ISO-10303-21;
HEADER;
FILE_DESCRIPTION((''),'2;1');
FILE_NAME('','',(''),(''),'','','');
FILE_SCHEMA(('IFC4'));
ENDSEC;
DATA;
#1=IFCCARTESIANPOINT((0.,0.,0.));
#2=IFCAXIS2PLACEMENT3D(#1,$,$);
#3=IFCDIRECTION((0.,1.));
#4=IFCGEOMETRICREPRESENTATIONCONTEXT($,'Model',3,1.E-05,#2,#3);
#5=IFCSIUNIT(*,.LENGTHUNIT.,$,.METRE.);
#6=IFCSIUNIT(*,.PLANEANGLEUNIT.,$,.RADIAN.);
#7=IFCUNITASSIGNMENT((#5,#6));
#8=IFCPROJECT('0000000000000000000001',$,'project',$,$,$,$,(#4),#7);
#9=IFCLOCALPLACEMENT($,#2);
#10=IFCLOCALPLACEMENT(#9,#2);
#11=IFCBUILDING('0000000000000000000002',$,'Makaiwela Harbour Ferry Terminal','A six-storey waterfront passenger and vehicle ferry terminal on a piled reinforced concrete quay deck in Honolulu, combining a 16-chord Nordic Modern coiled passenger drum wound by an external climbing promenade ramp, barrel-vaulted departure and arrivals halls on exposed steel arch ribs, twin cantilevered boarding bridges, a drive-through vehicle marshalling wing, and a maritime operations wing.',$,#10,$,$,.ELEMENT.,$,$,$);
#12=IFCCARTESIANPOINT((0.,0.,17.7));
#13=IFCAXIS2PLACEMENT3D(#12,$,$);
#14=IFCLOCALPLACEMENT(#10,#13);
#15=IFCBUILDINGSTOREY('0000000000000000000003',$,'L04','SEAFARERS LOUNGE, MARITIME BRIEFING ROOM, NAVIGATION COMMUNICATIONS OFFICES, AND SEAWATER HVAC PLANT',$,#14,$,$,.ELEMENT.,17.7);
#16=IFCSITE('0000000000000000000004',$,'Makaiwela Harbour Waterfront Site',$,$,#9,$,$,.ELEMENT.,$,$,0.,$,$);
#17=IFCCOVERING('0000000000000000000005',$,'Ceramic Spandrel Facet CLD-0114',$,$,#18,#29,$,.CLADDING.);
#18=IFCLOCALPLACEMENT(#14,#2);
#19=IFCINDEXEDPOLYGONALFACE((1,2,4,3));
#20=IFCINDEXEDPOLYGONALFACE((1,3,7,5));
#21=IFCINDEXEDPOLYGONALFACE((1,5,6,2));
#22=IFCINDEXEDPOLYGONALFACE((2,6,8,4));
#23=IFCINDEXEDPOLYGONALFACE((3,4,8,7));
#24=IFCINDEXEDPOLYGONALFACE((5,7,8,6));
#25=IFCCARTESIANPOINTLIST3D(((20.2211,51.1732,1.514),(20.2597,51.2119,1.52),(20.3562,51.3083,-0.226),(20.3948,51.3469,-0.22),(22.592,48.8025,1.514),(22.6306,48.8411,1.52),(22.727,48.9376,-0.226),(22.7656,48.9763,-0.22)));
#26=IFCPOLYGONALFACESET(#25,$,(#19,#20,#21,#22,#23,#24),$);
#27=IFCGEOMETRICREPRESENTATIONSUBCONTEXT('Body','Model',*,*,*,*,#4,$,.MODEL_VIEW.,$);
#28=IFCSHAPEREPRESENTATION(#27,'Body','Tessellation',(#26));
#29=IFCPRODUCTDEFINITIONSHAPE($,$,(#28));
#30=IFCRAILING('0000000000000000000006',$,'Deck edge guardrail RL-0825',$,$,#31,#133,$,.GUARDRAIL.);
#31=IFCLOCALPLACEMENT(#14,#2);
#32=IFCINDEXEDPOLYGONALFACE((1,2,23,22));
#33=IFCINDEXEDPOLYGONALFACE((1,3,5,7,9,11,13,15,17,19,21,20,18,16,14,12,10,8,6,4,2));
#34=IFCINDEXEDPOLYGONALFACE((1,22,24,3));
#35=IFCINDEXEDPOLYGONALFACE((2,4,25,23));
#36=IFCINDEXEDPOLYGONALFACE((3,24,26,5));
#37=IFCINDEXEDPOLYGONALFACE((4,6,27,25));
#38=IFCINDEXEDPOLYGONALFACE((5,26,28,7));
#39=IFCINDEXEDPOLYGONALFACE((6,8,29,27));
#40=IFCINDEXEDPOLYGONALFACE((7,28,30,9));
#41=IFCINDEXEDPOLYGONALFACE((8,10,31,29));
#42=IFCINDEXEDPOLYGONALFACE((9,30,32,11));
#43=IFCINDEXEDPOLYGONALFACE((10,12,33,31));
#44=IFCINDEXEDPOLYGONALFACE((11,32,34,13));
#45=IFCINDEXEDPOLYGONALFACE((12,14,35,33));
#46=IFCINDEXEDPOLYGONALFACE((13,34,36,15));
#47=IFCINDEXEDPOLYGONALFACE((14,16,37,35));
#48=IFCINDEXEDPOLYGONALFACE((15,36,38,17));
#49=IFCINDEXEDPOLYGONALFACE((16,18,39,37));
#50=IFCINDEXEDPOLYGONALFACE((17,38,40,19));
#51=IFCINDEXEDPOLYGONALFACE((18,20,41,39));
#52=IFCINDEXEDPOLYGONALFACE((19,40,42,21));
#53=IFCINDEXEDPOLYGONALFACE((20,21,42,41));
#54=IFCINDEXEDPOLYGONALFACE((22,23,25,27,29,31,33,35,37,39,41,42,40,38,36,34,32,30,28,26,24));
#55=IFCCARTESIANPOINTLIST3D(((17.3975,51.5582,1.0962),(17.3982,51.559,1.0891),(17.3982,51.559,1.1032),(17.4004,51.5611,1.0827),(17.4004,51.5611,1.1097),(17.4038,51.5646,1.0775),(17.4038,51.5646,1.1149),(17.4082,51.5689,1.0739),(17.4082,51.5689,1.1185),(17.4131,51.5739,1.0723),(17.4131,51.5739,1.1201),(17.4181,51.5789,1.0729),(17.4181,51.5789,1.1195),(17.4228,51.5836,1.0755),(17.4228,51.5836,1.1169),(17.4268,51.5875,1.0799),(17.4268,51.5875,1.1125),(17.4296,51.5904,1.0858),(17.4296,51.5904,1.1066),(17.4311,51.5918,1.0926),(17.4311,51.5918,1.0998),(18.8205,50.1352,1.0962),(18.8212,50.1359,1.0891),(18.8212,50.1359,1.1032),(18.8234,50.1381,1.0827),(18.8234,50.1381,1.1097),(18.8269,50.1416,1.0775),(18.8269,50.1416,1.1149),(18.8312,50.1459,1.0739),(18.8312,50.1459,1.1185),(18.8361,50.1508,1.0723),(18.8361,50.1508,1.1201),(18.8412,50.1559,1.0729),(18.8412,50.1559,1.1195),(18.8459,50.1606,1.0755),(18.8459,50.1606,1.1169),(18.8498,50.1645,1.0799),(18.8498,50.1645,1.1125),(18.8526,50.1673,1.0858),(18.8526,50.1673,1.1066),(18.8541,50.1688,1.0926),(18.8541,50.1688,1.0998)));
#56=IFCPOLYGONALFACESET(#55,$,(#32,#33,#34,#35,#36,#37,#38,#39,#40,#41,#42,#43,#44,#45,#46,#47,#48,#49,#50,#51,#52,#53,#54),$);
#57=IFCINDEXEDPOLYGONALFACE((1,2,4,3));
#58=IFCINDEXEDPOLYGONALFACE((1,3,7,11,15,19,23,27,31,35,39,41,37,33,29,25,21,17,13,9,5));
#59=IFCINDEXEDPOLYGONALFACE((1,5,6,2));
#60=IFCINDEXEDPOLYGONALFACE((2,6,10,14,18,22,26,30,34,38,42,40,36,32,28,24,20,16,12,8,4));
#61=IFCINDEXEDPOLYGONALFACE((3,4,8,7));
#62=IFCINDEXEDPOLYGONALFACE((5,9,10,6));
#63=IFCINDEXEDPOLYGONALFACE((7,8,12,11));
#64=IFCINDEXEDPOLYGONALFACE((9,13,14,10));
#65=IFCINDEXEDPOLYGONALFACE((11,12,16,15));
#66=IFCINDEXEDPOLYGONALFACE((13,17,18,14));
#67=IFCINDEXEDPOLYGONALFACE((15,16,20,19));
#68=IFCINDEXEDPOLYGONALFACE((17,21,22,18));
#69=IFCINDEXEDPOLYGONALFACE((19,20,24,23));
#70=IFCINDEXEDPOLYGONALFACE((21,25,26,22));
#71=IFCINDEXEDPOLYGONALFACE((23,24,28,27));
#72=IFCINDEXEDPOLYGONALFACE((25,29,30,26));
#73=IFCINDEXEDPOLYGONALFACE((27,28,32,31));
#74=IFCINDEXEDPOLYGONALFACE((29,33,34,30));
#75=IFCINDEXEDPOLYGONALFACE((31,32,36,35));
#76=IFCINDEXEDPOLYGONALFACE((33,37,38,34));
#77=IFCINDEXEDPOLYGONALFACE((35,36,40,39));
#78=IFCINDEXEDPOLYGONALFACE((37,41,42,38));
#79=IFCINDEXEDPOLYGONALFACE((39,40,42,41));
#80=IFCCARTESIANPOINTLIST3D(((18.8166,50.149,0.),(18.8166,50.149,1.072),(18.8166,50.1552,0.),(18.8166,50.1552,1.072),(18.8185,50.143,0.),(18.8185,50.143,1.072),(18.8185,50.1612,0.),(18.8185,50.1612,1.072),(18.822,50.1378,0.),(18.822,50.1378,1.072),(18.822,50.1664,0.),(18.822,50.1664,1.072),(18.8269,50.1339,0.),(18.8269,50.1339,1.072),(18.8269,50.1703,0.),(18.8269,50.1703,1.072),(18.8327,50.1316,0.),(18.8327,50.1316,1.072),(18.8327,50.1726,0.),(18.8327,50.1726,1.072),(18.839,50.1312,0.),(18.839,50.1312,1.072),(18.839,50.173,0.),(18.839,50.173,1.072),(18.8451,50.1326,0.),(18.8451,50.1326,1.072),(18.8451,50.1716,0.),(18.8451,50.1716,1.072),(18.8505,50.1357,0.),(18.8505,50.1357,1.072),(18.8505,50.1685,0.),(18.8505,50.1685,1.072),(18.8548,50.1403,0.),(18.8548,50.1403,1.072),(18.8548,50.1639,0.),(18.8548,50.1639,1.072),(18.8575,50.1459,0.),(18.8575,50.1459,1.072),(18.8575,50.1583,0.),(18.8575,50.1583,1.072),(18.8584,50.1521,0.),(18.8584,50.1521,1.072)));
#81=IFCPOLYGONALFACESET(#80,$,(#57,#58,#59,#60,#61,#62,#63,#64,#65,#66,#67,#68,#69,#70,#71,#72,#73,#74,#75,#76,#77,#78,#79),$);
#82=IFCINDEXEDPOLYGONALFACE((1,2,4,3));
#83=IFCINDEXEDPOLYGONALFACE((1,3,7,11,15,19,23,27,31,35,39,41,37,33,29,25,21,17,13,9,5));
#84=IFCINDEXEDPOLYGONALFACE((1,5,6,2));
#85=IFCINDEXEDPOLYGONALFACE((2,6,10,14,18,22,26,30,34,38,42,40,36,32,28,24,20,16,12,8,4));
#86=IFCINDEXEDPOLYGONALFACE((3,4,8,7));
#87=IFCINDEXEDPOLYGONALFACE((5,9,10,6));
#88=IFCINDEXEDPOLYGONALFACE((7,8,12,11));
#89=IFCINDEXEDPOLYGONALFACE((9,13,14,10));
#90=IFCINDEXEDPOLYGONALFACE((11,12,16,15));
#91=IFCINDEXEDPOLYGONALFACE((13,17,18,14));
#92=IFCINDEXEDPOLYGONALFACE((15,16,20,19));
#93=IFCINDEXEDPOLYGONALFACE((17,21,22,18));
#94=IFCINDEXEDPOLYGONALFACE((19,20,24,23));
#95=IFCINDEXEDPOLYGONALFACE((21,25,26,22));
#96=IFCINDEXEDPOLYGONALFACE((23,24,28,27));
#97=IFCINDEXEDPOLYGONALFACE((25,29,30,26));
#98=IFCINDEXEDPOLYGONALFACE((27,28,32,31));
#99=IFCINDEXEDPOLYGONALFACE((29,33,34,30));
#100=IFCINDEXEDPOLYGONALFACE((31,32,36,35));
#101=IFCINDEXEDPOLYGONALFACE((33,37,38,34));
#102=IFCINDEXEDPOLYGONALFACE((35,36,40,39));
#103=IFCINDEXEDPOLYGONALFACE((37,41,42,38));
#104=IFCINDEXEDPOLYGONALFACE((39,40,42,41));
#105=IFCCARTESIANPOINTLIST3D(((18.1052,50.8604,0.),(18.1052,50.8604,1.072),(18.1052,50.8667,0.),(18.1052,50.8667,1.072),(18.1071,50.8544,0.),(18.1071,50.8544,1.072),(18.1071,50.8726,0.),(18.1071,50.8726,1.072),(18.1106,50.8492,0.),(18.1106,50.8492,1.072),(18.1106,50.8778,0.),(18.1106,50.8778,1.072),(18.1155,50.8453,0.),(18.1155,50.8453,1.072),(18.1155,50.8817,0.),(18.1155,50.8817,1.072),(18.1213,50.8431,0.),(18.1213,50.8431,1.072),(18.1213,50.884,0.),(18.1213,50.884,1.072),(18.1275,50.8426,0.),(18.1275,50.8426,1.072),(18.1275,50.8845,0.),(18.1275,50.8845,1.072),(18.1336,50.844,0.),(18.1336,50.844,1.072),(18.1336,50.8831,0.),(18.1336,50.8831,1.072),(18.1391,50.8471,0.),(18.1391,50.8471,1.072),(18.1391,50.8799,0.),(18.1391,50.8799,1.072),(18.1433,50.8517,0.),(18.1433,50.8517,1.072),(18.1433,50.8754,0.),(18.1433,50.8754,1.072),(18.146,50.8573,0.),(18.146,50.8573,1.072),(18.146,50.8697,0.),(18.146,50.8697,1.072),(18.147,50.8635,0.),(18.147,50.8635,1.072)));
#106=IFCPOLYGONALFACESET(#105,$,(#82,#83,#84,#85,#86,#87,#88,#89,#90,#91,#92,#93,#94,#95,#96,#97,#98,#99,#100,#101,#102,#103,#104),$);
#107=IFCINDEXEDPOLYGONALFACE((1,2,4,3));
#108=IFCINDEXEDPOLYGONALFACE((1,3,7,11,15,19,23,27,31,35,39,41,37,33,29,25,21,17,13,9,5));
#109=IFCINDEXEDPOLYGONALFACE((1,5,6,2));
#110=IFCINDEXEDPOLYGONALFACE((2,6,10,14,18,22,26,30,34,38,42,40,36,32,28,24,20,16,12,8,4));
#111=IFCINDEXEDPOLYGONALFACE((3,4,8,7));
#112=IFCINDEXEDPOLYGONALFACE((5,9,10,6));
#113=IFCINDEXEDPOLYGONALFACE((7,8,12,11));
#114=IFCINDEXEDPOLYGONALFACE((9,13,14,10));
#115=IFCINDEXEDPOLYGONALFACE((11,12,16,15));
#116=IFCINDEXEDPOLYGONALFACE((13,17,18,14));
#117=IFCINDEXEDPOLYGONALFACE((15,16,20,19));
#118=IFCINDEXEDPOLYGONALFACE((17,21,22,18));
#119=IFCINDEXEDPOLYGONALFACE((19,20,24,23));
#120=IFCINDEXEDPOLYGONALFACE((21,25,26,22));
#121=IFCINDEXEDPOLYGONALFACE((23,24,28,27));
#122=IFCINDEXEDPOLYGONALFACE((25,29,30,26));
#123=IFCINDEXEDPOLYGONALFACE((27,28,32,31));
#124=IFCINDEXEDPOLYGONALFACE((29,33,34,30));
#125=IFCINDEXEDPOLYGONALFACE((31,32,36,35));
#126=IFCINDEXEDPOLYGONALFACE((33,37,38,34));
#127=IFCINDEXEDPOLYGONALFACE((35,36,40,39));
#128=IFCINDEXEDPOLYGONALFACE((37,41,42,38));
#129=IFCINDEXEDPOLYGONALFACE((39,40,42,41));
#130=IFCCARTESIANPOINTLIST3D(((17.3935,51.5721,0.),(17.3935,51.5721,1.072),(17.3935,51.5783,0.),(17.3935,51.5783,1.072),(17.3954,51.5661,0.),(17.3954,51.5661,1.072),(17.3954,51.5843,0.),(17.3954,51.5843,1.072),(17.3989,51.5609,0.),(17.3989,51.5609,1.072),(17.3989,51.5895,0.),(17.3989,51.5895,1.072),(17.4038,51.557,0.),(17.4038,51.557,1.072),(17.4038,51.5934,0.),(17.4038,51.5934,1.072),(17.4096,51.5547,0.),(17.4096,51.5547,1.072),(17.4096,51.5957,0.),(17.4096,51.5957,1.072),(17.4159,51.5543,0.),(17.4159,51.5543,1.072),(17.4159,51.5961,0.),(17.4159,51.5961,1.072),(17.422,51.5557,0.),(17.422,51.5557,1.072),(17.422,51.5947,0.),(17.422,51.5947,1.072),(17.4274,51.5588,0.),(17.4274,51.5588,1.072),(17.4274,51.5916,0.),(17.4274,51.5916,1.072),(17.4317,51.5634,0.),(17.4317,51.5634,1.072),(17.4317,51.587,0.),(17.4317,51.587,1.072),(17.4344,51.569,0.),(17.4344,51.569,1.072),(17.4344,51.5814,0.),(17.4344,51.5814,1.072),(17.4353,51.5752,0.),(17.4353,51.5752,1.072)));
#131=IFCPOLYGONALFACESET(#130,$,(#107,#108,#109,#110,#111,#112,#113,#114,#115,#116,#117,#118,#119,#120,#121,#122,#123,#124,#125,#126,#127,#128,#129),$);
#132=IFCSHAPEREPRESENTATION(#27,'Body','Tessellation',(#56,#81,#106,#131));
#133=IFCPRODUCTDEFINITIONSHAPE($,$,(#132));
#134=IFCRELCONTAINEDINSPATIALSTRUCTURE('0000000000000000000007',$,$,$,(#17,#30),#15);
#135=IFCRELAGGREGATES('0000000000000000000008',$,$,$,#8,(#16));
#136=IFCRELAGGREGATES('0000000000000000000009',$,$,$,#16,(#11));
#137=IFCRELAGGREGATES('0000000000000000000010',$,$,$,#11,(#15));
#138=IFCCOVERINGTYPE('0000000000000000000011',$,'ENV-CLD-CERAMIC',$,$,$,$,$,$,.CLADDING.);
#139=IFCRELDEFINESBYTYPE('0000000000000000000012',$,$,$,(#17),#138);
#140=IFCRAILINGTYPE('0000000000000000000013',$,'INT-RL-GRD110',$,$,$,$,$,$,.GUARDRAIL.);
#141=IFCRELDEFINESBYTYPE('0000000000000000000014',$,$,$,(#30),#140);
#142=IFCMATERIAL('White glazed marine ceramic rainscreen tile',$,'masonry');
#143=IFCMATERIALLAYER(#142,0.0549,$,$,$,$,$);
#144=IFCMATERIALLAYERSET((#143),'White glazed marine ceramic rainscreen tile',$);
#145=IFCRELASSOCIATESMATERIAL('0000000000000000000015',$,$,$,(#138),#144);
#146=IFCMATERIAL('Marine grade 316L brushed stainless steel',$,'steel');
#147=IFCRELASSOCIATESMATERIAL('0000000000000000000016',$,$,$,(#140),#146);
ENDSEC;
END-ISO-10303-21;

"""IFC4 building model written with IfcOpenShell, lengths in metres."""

from ifc_helpers import new_model, si_unit, direction, frame, origin, origin_2d, place, context, subcontext, project, spatial, polyline, circle, outline, extrude, material, layer, layer_set, type_object, element, save


model = new_model("IFC4")

# Units and contexts
model_context = context("Model", 3, precision=1e-05, world=origin(), true_north=direction((0.0, 1.0)))
body_context = subcontext(model_context, "Body", "Model", "MODEL_VIEW")
ifc_project = project(units=[si_unit("LENGTHUNIT", "METRE"), si_unit("PLANEANGLEUNIT", "RADIAN")], contexts=[model_context])

# Site, building, storey
site_placement = place(None, origin())
site = spatial("IfcSite", under=ifc_project, at=site_placement, Name="Makaiwela Harbour Waterfront Site", CompositionType="ELEMENT", RefElevation=0.0)
building_placement = place(site_placement, origin())
building = spatial("IfcBuilding", under=site, at=building_placement, Name="Makaiwela Harbour Ferry Terminal", Description="A six-storey waterfront passenger and vehicle ferry terminal on a piled reinforced concrete quay deck in Honolulu, combining a 16-chord Nordic Modern coiled passenger drum wound by an external climbing promenade ramp, barrel-vaulted departure and arrivals halls on exposed steel arch ribs, twin cantilevered boarding bridges, a drive-through vehicle marshalling wing, and a maritime operations wing.", CompositionType="ELEMENT")
storey_placement = place(building_placement, frame((0.0, 0.0, 17.7)))
storey = spatial("IfcBuildingStorey", under=building, at=storey_placement, Name="L04", Description="SEAFARERS LOUNGE, MARITIME BRIEFING ROOM, NAVIGATION COMMUNICATIONS OFFICES, AND SEAWATER HVAC PLANT", CompositionType="ELEMENT", Elevation=17.7)

# Covering
ifc_material_1 = material(Name="White glazed marine ceramic rainscreen tile", Category="masonry")
ifc_layer_1 = layer(ifc_material_1, 0.0549)
ifc_layer_set_1 = layer_set([ifc_layer_1], Name="White glazed marine ceramic rainscreen tile")
covering_type = type_object("IfcCoveringType", Name="ENV-CLD-CERAMIC", PredefinedType="CLADDING", material=ifc_layer_set_1)
covering_placement = place(storey_placement, frame((20.3948, 51.3469, -0.22), z_axis=(0.702866, 0.702902, 0.109126), x_axis=(0.707125, -0.707088, -0.000003)))
element("IfcCovering", 1, at=covering_placement, inside=storey, type_object=covering_type, Name="Ceramic Spandrel Facet CLD-0114", PredefinedType="CLADDING", context=body_context, shape_type="SweptSolid", body=[
    extrude(outline(polyline([(0.0, 0.0), (3.3527, 0.0), (3.3529, -1.7505), (0.0, -1.7504), (0.0, 0.0)])), origin(), (0.0, 0.0, -1.0), 0.0549),
])

# Railing
ifc_material_2 = material(Name="Marine grade 316L brushed stainless steel", Category="steel")
railing_type = type_object("IfcRailingType", Name="INT-RL-GRD110", PredefinedType="GUARDRAIL", material=ifc_material_2)
railing_placement = place(storey_placement, frame((18.8374, 50.1521, 0.0)))
element("IfcRailing", 2, at=railing_placement, inside=storey, type_object=railing_type, Name="Deck edge guardrail RL-0825", PredefinedType="GUARDRAIL", context=body_context, shape_type="SweptSolid", body=[
    extrude(circle(Radius=0.0239, at=origin_2d()), frame((0.0, 0.0, 1.0962), z_axis=(-0.707107, 0.707107, 0.0), x_axis=(-0.707107, -0.707107, 0.0)), (0.0, 0.0, 1.0), 2.0125),
    extrude(circle(Radius=0.021, at=origin_2d()), origin(), (0.0, 0.0, 1.0), 1.072),
    extrude(circle(Radius=0.021, at=origin_2d()), frame((-0.7114, 0.7114, 0.0)), (0.0, 0.0, 1.0), 1.072),
    extrude(circle(Radius=0.021, at=origin_2d()), frame((-1.4231, 1.4231, 0.0)), (0.0, 0.0, 1.0), 1.072),
])

save(model, "model.ifc")
